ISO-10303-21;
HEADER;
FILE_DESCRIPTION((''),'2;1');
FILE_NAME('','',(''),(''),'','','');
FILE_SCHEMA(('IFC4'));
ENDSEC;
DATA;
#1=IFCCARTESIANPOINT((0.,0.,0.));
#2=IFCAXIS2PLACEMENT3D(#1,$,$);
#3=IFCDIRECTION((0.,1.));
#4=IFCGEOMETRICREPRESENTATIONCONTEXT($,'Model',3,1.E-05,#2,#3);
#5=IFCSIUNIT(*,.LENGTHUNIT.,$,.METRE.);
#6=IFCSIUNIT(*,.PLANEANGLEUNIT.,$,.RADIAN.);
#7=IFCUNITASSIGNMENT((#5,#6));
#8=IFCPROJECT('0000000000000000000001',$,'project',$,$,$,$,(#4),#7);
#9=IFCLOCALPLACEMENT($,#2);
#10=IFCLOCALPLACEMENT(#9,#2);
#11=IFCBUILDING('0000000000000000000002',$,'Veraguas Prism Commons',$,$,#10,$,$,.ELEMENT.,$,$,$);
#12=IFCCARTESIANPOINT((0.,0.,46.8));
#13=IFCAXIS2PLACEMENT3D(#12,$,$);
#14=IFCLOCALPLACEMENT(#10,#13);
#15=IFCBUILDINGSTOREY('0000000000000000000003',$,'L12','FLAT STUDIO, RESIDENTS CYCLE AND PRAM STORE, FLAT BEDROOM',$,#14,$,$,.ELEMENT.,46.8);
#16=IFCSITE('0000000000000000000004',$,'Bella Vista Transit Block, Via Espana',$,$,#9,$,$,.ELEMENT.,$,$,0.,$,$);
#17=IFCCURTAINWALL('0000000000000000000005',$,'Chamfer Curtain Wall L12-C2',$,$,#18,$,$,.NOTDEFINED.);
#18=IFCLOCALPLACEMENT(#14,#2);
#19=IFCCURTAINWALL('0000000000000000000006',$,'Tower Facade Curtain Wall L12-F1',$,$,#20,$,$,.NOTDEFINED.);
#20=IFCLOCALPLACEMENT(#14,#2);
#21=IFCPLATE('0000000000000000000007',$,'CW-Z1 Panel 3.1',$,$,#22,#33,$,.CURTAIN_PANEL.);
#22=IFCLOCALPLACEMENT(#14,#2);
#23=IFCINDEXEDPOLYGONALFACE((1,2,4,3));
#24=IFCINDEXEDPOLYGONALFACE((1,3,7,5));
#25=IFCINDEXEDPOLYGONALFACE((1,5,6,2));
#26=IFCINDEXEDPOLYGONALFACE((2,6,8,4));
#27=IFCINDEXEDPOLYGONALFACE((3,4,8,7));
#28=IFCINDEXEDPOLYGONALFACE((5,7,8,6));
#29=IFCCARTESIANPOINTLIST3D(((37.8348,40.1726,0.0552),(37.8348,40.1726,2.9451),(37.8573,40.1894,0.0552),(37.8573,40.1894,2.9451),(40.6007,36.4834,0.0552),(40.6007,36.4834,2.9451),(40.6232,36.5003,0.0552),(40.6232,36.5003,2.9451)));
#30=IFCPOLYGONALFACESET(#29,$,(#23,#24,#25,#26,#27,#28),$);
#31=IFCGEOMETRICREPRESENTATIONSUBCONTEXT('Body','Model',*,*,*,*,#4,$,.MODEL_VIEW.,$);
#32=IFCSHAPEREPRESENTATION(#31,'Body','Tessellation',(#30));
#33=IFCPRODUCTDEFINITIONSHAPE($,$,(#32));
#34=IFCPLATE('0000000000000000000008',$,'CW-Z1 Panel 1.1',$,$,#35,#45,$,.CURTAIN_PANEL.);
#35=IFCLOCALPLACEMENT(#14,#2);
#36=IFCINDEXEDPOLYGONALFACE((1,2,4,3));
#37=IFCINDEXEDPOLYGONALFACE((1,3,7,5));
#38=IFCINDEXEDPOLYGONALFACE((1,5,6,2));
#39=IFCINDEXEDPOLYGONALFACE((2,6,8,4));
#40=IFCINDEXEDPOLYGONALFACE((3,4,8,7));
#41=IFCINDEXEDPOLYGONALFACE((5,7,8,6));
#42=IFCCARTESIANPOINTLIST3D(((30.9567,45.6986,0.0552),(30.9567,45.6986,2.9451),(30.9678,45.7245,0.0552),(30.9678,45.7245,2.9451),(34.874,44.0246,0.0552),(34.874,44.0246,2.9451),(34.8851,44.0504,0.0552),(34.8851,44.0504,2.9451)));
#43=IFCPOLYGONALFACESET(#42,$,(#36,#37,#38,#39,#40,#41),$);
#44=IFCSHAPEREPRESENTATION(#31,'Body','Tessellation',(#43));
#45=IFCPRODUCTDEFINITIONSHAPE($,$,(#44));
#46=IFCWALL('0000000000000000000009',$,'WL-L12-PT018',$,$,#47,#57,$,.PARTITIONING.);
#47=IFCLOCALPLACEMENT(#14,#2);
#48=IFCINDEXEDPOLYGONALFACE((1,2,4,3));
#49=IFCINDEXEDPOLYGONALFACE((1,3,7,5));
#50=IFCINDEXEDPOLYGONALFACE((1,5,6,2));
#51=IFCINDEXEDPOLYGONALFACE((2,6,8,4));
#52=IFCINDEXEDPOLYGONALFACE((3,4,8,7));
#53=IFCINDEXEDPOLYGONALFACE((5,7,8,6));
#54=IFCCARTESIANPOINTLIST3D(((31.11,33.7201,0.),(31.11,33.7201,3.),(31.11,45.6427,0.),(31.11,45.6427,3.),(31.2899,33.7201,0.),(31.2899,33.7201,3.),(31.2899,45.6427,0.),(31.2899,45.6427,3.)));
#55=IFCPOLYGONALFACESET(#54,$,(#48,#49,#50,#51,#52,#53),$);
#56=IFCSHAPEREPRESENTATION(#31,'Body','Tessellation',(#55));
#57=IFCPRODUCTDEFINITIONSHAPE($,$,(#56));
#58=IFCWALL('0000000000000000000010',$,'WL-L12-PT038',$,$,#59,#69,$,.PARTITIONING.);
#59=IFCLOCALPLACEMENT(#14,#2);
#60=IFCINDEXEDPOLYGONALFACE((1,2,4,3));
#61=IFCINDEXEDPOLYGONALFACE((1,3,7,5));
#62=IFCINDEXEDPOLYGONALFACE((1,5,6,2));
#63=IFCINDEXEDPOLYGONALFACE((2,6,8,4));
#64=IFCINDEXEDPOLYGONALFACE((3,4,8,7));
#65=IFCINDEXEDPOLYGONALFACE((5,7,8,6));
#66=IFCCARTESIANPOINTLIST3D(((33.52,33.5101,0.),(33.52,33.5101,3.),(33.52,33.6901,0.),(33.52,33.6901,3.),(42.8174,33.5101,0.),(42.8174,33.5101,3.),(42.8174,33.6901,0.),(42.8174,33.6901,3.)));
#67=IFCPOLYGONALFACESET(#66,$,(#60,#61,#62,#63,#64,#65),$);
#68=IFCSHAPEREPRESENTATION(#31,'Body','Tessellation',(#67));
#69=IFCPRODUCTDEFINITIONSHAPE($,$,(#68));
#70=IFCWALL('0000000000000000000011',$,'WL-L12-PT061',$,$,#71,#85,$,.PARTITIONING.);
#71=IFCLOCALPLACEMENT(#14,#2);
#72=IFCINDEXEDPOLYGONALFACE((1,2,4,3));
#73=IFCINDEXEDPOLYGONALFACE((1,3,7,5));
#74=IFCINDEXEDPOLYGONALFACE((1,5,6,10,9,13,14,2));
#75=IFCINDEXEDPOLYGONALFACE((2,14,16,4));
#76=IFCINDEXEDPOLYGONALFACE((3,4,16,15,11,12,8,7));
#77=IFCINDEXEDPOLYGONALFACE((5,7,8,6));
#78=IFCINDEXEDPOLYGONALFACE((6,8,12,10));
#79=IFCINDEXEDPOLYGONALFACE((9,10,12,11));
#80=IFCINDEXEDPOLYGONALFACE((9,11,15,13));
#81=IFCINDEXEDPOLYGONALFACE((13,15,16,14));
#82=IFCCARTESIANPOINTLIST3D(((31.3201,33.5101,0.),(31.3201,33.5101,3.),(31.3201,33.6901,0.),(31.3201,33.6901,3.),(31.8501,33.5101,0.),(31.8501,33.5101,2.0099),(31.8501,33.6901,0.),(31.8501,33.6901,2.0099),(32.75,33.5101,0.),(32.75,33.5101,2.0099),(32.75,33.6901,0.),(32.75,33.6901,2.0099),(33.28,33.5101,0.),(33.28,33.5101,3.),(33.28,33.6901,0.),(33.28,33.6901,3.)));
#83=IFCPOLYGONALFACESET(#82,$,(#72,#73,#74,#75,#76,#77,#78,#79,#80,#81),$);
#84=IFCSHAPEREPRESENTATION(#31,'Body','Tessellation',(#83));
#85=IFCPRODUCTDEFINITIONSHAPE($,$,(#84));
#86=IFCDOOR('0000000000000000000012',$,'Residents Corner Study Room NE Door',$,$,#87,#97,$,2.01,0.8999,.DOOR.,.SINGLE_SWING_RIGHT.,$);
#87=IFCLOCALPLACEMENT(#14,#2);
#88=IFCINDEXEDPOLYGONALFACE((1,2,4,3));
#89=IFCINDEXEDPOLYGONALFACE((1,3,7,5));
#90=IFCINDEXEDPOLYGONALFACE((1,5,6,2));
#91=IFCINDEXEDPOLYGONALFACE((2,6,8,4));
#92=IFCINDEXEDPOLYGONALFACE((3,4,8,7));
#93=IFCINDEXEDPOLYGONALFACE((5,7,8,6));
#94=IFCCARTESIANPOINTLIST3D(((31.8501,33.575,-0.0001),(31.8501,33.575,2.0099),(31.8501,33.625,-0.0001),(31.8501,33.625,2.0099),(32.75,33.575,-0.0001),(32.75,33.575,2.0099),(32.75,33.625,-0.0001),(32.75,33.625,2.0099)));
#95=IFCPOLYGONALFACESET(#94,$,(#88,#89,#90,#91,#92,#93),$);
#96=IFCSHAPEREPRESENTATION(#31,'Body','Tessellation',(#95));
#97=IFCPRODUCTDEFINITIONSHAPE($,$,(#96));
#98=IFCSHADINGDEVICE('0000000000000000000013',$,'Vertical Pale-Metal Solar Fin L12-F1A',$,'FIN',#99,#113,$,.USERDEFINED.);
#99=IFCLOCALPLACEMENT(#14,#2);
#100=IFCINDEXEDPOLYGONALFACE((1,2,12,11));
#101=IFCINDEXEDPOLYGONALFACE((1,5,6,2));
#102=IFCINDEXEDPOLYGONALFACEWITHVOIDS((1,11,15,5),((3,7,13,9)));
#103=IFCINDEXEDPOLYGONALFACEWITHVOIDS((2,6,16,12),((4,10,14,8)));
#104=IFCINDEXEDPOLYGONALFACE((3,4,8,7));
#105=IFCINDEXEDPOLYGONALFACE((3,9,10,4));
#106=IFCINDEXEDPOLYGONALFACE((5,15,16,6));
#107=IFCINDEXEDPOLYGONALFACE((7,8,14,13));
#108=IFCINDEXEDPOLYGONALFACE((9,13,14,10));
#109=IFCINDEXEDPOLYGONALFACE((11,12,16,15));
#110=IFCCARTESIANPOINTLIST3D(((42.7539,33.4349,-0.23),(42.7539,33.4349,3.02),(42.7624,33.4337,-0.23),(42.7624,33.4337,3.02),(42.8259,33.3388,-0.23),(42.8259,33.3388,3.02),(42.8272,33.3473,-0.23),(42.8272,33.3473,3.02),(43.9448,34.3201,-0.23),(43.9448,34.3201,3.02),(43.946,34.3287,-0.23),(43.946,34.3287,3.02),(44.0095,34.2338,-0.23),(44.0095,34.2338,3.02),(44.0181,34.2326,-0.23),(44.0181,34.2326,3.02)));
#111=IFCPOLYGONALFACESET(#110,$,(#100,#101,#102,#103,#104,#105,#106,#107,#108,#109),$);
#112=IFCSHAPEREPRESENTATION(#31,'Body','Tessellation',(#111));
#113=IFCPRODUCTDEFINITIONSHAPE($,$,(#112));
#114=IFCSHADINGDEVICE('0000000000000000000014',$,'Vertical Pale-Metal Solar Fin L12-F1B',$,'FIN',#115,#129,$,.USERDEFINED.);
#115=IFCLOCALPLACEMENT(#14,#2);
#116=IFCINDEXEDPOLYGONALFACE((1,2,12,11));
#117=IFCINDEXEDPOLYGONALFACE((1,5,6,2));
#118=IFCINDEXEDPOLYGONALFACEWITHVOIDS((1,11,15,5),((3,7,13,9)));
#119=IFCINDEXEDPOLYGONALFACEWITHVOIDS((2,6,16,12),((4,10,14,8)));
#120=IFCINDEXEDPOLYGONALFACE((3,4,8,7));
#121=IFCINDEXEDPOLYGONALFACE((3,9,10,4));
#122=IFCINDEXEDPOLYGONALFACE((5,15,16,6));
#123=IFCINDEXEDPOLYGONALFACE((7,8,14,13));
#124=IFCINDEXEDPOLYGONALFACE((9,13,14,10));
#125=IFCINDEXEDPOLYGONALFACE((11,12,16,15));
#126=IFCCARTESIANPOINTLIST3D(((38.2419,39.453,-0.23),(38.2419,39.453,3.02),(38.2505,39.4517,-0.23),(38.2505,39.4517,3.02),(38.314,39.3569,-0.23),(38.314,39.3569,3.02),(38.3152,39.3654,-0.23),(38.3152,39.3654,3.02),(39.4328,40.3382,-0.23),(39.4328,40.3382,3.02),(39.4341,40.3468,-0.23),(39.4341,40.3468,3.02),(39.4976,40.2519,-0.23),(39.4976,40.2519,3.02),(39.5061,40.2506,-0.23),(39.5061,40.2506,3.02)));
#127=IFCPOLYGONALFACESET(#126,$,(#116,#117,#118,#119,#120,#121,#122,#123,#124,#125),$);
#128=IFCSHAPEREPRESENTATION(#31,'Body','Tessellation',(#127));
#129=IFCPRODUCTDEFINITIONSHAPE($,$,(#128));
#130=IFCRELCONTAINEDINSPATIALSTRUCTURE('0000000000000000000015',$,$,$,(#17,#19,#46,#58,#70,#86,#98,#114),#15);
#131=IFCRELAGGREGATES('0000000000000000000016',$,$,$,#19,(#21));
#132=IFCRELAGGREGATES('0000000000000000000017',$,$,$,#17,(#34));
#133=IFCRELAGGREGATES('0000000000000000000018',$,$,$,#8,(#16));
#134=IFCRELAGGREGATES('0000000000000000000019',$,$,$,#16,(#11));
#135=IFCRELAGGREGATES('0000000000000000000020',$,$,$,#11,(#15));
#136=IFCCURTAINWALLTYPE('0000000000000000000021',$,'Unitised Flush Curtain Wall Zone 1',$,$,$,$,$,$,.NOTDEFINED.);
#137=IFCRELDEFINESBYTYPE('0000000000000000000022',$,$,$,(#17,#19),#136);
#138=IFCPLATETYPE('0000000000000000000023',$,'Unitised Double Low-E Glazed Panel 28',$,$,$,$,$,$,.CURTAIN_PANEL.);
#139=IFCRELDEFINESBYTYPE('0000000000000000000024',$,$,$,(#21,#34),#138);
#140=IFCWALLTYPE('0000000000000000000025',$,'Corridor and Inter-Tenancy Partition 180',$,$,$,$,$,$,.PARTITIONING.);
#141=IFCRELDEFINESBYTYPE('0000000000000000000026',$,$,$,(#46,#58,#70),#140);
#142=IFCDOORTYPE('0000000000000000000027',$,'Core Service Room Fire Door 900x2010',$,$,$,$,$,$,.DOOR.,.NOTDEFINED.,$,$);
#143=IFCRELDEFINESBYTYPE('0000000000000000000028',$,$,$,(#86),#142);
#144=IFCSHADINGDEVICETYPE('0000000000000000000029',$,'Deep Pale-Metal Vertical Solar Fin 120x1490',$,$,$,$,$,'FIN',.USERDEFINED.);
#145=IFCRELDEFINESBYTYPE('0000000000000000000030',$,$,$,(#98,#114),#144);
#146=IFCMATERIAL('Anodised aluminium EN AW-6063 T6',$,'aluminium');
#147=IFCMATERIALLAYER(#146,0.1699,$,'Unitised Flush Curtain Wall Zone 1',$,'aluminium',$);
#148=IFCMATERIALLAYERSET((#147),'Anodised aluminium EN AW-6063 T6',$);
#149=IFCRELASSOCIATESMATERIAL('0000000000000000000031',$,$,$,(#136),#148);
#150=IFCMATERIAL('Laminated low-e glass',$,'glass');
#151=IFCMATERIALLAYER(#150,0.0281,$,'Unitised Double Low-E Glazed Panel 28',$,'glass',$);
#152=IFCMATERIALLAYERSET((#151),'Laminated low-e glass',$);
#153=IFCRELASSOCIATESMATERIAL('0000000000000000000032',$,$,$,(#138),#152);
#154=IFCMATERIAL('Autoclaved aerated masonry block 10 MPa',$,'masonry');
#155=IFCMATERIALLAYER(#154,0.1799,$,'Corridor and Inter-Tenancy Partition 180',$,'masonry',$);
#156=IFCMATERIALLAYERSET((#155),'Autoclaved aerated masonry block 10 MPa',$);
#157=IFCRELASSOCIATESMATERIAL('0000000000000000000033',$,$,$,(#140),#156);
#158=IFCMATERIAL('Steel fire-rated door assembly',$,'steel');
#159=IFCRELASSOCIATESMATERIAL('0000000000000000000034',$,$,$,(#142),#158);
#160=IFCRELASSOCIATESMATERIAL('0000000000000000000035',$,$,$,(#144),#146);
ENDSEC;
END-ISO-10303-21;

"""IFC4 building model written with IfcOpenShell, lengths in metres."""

from ifc_helpers import new_model, si_unit, direction, frame, frame_2d, origin, origin_2d, place, context, subcontext, project, spatial, rectangle, hollow_rectangle, extrude, source, transform, mapped, material, layer, layer_set, material_profile, profile_set, type_object, element, fill, aggregate, save


model = new_model("IFC4")

# Units and contexts
model_context = context("Model", 3, precision=1e-05, world=origin(), true_north=direction((0.0, 1.0)))
body_context = subcontext(model_context, "Body", "Model", "MODEL_VIEW")
ifc_project = project(units=[si_unit("LENGTHUNIT", "METRE"), si_unit("PLANEANGLEUNIT", "RADIAN")], contexts=[model_context])

# Site, building, storey
site_placement = place(None, origin())
site = spatial("IfcSite", under=ifc_project, at=site_placement, Name="Bella Vista Transit Block, Via Espana", CompositionType="ELEMENT", RefElevation=0.0)
building_placement = place(site_placement, origin())
building = spatial("IfcBuilding", under=site, at=building_placement, Name="Veraguas Prism Commons", CompositionType="ELEMENT")
storey_placement = place(building_placement, frame((0.0, 0.0, 46.8)))
storey = spatial("IfcBuildingStorey", under=building, at=storey_placement, Name="L12", Description="FLAT STUDIO, RESIDENTS CYCLE AND PRAM STORE, FLAT BEDROOM", CompositionType="ELEMENT", Elevation=46.8)

# Curtain walls
ifc_material_1 = material(Name="Anodised aluminium EN AW-6063 T6", Category="aluminium")
ifc_layer_1 = layer(ifc_material_1, 0.1699, Name="Unitised Flush Curtain Wall Zone 1", Category="aluminium")
ifc_layer_set_1 = layer_set([ifc_layer_1], Name="Anodised aluminium EN AW-6063 T6")
curtain_wall_type = type_object("IfcCurtainWallType", Name="Unitised Flush Curtain Wall Zone 1", PredefinedType="NOTDEFINED", material=ifc_layer_set_1)
curtain_wall_1_placement = place(storey_placement, origin())
curtain_wall_1 = element("IfcCurtainWall", 1, at=curtain_wall_1_placement, inside=storey, type_object=curtain_wall_type, Name="Chamfer Curtain Wall L12-C2", PredefinedType="NOTDEFINED")
curtain_wall_2_placement = place(storey_placement, origin())
curtain_wall_2 = element("IfcCurtainWall", 2, at=curtain_wall_2_placement, inside=storey, type_object=curtain_wall_type, Name="Tower Facade Curtain Wall L12-F1", PredefinedType="NOTDEFINED")

# Plates
ifc_material_2 = material(Name="Laminated low-e glass", Category="glass")
ifc_layer_2 = layer(ifc_material_2, 0.0281, Name="Unitised Double Low-E Glazed Panel 28", Category="glass")
ifc_layer_set_2 = layer_set([ifc_layer_2], Name="Laminated low-e glass")
plate_type = type_object("IfcPlateType", Name="Unitised Double Low-E Glazed Panel 28", PredefinedType="CURTAIN_PANEL", material=ifc_layer_set_2)
shared_shape_1 = source(origin(), body_context, "Body", "SweptSolid", [
    extrude(rectangle(XDim=4.6108, YDim=0.0281, at=origin_2d()), origin(), (0.0, 0.0, 1.0), 2.8899),
])
plate_1_placement = place(storey_placement, frame((39.229, 38.3364, 0.0552), z_axis=(0.0, 0.0, 1.0), x_axis=(-0.599862, 0.800104, 0.0)))
plate_1 = element("IfcPlate", 3, at=plate_1_placement, type_object=plate_type, Name="CW-Z1 Panel 3.1", PredefinedType="CURTAIN_PANEL", context=body_context, shape_type="MappedRepresentation", body=[
    mapped(shared_shape_1, transform((0.0, 0.0, 0.0), scale=1.0)),
])
aggregate(curtain_wall_2, [plate_1])
shared_shape_2 = source(origin(), body_context, "Body", "SweptSolid", [
    extrude(rectangle(XDim=4.26, YDim=0.0281, at=origin_2d()), origin(), (0.0, 0.0, 1.0), 2.8899),
])
plate_2_placement = place(storey_placement, frame((32.9209, 44.8745, 0.0552), z_axis=(0.0, 0.0, 1.0), x_axis=(-0.919551, 0.392971, 0.0)))
plate_2 = element("IfcPlate", 4, at=plate_2_placement, type_object=plate_type, Name="CW-Z1 Panel 1.1", PredefinedType="CURTAIN_PANEL", context=body_context, shape_type="MappedRepresentation", body=[
    mapped(shared_shape_2, transform((0.0, 0.0, 0.0), scale=1.0)),
])
aggregate(curtain_wall_1, [plate_2])

# Walls
ifc_material_3 = material(Name="Autoclaved aerated masonry block 10 MPa", Category="masonry")
ifc_layer_3 = layer(ifc_material_3, 0.1799, Name="Corridor and Inter-Tenancy Partition 180", Category="masonry")
ifc_layer_set_3 = layer_set([ifc_layer_3], Name="Autoclaved aerated masonry block 10 MPa")
wall_type = type_object("IfcWallType", Name="Corridor and Inter-Tenancy Partition 180", PredefinedType="PARTITIONING", material=ifc_layer_set_3)
wall_1_placement = place(storey_placement, frame((31.2, 33.72, 0.0), z_axis=(0.0, 0.0, 1.0), x_axis=(0.0, 1.0, 0.0)))
element("IfcWall", 5, at=wall_1_placement, inside=storey, type_object=wall_type, Name="WL-L12-PT018", PredefinedType="PARTITIONING", context=body_context, shape_type="SweptSolid", body=[
    extrude(rectangle(XDim=11.9226, YDim=0.1799, at=frame_2d((5.9614, 0.0))), origin(), (0.0, 0.0, 1.0), 3.0),
])
wall_2_placement = place(storey_placement, frame((33.52, 33.6001, 0.0), z_axis=(0.0, 0.0, 1.0), x_axis=(1.0, 0.0, 0.0)))
element("IfcWall", 6, at=wall_2_placement, inside=storey, type_object=wall_type, Name="WL-L12-PT038", PredefinedType="PARTITIONING", context=body_context, shape_type="SweptSolid", body=[
    extrude(rectangle(XDim=9.2974, YDim=0.1799, at=frame_2d((4.6487, 0.0))), origin(), (0.0, 0.0, 1.0), 3.0),
])

# Wall, opening, door
wall_3_placement = place(storey_placement, frame((31.3201, 33.6001, 0.0), z_axis=(0.0, 0.0, 1.0), x_axis=(1.0, 0.0, 0.0)))
wall_3 = element("IfcWall", 7, at=wall_3_placement, inside=storey, type_object=wall_type, Name="WL-L12-PT061", PredefinedType="PARTITIONING", context=body_context, shape_type="SweptSolid", body=[
    extrude(rectangle(XDim=1.96, YDim=0.1799, at=frame_2d((0.98, 0.0))), origin(), (0.0, 0.0, 1.0), 3.0),
])
opening_placement = place(wall_3_placement, frame((0.53, 0.0, 0.0)))
opening = element("IfcOpeningElement", 8, at=opening_placement, cuts=wall_3, PredefinedType="OPENING", context=body_context, shape_type="SweptSolid", body=[
    extrude(rectangle(XDim=0.8999, YDim=2.01, at=frame_2d((0.45, 1.0049))), frame((0.0, 0.0999, 0.0), z_axis=(0.0, -1.0, 0.0), x_axis=(1.0, 0.0, 0.0)), (0.0, 0.0, 1.0), 0.2),
])
ifc_material_4 = material(Name="Steel fire-rated door assembly", Category="steel")
door_type = type_object("IfcDoorType", Name="Core Service Room Fire Door 900x2010", OperationType="NOTDEFINED", PredefinedType="DOOR", material=ifc_material_4)
shared_shape_3 = source(origin(), body_context, "Body", "SweptSolid", [
    extrude(rectangle(XDim=0.8999, YDim=2.01, at=frame_2d((0.45, 1.0049))), frame((0.0, 0.0249, 0.0), z_axis=(0.0, -1.0, 0.0), x_axis=(1.0, 0.0, 0.0)), (0.0, 0.0, 1.0), 0.05),
])
door_placement = place(opening_placement, origin())
door = element("IfcDoor", 9, at=door_placement, inside=storey, type_object=door_type, Name="Residents Corner Study Room NE Door", OperationType="SINGLE_SWING_RIGHT", OverallHeight=2.01, OverallWidth=0.8999, PredefinedType="DOOR", context=body_context, shape_type="MappedRepresentation", body=[
    mapped(shared_shape_3, transform((0.0, 0.0, 0.0), scale=1.0)),
])
fill(opening, door)

# Shading devices
ifc_material_profile_1 = material_profile(ifc_material_1, hollow_rectangle(XDim=0.1201, YDim=1.49, WallThickness=0.0061, at=origin_2d()), Name="FIN120X1490X6")
ifc_profile_set_1 = profile_set([ifc_material_profile_1], Name="Anodised aluminium EN AW-6063 T6")
shading_device_type = type_object("IfcShadingDeviceType", Name="Deep Pale-Metal Vertical Solar Fin 120x1490", ElementType="FIN", PredefinedType="USERDEFINED", material=ifc_profile_set_1)
for number, where, z_axis, x_axis, name in (
    (10, (43.386, 33.8337, -0.23), (0.0, 0.0, 1.0), (-0.599862, 0.800104, 0.0), "Vertical Pale-Metal Solar Fin L12-F1A"),
    (11, (38.874, 39.8518, -0.23), (0.0, 0.0, 1.0), (-0.599862, 0.800104, 0.0), "Vertical Pale-Metal Solar Fin L12-F1B"),
):
    element("IfcShadingDevice", number, at=place(storey_placement, frame(where, z_axis=z_axis, x_axis=x_axis)), inside=storey, type_object=shading_device_type, Name=name, ObjectType="FIN", PredefinedType="USERDEFINED", context=body_context, shape_type="SweptSolid", body=[
        extrude(hollow_rectangle(XDim=0.1201, YDim=1.49, WallThickness=0.0061, at=origin_2d()), origin(), (0.0, 0.0, 1.0), 3.25),
    ])

save(model, "model.ifc")
